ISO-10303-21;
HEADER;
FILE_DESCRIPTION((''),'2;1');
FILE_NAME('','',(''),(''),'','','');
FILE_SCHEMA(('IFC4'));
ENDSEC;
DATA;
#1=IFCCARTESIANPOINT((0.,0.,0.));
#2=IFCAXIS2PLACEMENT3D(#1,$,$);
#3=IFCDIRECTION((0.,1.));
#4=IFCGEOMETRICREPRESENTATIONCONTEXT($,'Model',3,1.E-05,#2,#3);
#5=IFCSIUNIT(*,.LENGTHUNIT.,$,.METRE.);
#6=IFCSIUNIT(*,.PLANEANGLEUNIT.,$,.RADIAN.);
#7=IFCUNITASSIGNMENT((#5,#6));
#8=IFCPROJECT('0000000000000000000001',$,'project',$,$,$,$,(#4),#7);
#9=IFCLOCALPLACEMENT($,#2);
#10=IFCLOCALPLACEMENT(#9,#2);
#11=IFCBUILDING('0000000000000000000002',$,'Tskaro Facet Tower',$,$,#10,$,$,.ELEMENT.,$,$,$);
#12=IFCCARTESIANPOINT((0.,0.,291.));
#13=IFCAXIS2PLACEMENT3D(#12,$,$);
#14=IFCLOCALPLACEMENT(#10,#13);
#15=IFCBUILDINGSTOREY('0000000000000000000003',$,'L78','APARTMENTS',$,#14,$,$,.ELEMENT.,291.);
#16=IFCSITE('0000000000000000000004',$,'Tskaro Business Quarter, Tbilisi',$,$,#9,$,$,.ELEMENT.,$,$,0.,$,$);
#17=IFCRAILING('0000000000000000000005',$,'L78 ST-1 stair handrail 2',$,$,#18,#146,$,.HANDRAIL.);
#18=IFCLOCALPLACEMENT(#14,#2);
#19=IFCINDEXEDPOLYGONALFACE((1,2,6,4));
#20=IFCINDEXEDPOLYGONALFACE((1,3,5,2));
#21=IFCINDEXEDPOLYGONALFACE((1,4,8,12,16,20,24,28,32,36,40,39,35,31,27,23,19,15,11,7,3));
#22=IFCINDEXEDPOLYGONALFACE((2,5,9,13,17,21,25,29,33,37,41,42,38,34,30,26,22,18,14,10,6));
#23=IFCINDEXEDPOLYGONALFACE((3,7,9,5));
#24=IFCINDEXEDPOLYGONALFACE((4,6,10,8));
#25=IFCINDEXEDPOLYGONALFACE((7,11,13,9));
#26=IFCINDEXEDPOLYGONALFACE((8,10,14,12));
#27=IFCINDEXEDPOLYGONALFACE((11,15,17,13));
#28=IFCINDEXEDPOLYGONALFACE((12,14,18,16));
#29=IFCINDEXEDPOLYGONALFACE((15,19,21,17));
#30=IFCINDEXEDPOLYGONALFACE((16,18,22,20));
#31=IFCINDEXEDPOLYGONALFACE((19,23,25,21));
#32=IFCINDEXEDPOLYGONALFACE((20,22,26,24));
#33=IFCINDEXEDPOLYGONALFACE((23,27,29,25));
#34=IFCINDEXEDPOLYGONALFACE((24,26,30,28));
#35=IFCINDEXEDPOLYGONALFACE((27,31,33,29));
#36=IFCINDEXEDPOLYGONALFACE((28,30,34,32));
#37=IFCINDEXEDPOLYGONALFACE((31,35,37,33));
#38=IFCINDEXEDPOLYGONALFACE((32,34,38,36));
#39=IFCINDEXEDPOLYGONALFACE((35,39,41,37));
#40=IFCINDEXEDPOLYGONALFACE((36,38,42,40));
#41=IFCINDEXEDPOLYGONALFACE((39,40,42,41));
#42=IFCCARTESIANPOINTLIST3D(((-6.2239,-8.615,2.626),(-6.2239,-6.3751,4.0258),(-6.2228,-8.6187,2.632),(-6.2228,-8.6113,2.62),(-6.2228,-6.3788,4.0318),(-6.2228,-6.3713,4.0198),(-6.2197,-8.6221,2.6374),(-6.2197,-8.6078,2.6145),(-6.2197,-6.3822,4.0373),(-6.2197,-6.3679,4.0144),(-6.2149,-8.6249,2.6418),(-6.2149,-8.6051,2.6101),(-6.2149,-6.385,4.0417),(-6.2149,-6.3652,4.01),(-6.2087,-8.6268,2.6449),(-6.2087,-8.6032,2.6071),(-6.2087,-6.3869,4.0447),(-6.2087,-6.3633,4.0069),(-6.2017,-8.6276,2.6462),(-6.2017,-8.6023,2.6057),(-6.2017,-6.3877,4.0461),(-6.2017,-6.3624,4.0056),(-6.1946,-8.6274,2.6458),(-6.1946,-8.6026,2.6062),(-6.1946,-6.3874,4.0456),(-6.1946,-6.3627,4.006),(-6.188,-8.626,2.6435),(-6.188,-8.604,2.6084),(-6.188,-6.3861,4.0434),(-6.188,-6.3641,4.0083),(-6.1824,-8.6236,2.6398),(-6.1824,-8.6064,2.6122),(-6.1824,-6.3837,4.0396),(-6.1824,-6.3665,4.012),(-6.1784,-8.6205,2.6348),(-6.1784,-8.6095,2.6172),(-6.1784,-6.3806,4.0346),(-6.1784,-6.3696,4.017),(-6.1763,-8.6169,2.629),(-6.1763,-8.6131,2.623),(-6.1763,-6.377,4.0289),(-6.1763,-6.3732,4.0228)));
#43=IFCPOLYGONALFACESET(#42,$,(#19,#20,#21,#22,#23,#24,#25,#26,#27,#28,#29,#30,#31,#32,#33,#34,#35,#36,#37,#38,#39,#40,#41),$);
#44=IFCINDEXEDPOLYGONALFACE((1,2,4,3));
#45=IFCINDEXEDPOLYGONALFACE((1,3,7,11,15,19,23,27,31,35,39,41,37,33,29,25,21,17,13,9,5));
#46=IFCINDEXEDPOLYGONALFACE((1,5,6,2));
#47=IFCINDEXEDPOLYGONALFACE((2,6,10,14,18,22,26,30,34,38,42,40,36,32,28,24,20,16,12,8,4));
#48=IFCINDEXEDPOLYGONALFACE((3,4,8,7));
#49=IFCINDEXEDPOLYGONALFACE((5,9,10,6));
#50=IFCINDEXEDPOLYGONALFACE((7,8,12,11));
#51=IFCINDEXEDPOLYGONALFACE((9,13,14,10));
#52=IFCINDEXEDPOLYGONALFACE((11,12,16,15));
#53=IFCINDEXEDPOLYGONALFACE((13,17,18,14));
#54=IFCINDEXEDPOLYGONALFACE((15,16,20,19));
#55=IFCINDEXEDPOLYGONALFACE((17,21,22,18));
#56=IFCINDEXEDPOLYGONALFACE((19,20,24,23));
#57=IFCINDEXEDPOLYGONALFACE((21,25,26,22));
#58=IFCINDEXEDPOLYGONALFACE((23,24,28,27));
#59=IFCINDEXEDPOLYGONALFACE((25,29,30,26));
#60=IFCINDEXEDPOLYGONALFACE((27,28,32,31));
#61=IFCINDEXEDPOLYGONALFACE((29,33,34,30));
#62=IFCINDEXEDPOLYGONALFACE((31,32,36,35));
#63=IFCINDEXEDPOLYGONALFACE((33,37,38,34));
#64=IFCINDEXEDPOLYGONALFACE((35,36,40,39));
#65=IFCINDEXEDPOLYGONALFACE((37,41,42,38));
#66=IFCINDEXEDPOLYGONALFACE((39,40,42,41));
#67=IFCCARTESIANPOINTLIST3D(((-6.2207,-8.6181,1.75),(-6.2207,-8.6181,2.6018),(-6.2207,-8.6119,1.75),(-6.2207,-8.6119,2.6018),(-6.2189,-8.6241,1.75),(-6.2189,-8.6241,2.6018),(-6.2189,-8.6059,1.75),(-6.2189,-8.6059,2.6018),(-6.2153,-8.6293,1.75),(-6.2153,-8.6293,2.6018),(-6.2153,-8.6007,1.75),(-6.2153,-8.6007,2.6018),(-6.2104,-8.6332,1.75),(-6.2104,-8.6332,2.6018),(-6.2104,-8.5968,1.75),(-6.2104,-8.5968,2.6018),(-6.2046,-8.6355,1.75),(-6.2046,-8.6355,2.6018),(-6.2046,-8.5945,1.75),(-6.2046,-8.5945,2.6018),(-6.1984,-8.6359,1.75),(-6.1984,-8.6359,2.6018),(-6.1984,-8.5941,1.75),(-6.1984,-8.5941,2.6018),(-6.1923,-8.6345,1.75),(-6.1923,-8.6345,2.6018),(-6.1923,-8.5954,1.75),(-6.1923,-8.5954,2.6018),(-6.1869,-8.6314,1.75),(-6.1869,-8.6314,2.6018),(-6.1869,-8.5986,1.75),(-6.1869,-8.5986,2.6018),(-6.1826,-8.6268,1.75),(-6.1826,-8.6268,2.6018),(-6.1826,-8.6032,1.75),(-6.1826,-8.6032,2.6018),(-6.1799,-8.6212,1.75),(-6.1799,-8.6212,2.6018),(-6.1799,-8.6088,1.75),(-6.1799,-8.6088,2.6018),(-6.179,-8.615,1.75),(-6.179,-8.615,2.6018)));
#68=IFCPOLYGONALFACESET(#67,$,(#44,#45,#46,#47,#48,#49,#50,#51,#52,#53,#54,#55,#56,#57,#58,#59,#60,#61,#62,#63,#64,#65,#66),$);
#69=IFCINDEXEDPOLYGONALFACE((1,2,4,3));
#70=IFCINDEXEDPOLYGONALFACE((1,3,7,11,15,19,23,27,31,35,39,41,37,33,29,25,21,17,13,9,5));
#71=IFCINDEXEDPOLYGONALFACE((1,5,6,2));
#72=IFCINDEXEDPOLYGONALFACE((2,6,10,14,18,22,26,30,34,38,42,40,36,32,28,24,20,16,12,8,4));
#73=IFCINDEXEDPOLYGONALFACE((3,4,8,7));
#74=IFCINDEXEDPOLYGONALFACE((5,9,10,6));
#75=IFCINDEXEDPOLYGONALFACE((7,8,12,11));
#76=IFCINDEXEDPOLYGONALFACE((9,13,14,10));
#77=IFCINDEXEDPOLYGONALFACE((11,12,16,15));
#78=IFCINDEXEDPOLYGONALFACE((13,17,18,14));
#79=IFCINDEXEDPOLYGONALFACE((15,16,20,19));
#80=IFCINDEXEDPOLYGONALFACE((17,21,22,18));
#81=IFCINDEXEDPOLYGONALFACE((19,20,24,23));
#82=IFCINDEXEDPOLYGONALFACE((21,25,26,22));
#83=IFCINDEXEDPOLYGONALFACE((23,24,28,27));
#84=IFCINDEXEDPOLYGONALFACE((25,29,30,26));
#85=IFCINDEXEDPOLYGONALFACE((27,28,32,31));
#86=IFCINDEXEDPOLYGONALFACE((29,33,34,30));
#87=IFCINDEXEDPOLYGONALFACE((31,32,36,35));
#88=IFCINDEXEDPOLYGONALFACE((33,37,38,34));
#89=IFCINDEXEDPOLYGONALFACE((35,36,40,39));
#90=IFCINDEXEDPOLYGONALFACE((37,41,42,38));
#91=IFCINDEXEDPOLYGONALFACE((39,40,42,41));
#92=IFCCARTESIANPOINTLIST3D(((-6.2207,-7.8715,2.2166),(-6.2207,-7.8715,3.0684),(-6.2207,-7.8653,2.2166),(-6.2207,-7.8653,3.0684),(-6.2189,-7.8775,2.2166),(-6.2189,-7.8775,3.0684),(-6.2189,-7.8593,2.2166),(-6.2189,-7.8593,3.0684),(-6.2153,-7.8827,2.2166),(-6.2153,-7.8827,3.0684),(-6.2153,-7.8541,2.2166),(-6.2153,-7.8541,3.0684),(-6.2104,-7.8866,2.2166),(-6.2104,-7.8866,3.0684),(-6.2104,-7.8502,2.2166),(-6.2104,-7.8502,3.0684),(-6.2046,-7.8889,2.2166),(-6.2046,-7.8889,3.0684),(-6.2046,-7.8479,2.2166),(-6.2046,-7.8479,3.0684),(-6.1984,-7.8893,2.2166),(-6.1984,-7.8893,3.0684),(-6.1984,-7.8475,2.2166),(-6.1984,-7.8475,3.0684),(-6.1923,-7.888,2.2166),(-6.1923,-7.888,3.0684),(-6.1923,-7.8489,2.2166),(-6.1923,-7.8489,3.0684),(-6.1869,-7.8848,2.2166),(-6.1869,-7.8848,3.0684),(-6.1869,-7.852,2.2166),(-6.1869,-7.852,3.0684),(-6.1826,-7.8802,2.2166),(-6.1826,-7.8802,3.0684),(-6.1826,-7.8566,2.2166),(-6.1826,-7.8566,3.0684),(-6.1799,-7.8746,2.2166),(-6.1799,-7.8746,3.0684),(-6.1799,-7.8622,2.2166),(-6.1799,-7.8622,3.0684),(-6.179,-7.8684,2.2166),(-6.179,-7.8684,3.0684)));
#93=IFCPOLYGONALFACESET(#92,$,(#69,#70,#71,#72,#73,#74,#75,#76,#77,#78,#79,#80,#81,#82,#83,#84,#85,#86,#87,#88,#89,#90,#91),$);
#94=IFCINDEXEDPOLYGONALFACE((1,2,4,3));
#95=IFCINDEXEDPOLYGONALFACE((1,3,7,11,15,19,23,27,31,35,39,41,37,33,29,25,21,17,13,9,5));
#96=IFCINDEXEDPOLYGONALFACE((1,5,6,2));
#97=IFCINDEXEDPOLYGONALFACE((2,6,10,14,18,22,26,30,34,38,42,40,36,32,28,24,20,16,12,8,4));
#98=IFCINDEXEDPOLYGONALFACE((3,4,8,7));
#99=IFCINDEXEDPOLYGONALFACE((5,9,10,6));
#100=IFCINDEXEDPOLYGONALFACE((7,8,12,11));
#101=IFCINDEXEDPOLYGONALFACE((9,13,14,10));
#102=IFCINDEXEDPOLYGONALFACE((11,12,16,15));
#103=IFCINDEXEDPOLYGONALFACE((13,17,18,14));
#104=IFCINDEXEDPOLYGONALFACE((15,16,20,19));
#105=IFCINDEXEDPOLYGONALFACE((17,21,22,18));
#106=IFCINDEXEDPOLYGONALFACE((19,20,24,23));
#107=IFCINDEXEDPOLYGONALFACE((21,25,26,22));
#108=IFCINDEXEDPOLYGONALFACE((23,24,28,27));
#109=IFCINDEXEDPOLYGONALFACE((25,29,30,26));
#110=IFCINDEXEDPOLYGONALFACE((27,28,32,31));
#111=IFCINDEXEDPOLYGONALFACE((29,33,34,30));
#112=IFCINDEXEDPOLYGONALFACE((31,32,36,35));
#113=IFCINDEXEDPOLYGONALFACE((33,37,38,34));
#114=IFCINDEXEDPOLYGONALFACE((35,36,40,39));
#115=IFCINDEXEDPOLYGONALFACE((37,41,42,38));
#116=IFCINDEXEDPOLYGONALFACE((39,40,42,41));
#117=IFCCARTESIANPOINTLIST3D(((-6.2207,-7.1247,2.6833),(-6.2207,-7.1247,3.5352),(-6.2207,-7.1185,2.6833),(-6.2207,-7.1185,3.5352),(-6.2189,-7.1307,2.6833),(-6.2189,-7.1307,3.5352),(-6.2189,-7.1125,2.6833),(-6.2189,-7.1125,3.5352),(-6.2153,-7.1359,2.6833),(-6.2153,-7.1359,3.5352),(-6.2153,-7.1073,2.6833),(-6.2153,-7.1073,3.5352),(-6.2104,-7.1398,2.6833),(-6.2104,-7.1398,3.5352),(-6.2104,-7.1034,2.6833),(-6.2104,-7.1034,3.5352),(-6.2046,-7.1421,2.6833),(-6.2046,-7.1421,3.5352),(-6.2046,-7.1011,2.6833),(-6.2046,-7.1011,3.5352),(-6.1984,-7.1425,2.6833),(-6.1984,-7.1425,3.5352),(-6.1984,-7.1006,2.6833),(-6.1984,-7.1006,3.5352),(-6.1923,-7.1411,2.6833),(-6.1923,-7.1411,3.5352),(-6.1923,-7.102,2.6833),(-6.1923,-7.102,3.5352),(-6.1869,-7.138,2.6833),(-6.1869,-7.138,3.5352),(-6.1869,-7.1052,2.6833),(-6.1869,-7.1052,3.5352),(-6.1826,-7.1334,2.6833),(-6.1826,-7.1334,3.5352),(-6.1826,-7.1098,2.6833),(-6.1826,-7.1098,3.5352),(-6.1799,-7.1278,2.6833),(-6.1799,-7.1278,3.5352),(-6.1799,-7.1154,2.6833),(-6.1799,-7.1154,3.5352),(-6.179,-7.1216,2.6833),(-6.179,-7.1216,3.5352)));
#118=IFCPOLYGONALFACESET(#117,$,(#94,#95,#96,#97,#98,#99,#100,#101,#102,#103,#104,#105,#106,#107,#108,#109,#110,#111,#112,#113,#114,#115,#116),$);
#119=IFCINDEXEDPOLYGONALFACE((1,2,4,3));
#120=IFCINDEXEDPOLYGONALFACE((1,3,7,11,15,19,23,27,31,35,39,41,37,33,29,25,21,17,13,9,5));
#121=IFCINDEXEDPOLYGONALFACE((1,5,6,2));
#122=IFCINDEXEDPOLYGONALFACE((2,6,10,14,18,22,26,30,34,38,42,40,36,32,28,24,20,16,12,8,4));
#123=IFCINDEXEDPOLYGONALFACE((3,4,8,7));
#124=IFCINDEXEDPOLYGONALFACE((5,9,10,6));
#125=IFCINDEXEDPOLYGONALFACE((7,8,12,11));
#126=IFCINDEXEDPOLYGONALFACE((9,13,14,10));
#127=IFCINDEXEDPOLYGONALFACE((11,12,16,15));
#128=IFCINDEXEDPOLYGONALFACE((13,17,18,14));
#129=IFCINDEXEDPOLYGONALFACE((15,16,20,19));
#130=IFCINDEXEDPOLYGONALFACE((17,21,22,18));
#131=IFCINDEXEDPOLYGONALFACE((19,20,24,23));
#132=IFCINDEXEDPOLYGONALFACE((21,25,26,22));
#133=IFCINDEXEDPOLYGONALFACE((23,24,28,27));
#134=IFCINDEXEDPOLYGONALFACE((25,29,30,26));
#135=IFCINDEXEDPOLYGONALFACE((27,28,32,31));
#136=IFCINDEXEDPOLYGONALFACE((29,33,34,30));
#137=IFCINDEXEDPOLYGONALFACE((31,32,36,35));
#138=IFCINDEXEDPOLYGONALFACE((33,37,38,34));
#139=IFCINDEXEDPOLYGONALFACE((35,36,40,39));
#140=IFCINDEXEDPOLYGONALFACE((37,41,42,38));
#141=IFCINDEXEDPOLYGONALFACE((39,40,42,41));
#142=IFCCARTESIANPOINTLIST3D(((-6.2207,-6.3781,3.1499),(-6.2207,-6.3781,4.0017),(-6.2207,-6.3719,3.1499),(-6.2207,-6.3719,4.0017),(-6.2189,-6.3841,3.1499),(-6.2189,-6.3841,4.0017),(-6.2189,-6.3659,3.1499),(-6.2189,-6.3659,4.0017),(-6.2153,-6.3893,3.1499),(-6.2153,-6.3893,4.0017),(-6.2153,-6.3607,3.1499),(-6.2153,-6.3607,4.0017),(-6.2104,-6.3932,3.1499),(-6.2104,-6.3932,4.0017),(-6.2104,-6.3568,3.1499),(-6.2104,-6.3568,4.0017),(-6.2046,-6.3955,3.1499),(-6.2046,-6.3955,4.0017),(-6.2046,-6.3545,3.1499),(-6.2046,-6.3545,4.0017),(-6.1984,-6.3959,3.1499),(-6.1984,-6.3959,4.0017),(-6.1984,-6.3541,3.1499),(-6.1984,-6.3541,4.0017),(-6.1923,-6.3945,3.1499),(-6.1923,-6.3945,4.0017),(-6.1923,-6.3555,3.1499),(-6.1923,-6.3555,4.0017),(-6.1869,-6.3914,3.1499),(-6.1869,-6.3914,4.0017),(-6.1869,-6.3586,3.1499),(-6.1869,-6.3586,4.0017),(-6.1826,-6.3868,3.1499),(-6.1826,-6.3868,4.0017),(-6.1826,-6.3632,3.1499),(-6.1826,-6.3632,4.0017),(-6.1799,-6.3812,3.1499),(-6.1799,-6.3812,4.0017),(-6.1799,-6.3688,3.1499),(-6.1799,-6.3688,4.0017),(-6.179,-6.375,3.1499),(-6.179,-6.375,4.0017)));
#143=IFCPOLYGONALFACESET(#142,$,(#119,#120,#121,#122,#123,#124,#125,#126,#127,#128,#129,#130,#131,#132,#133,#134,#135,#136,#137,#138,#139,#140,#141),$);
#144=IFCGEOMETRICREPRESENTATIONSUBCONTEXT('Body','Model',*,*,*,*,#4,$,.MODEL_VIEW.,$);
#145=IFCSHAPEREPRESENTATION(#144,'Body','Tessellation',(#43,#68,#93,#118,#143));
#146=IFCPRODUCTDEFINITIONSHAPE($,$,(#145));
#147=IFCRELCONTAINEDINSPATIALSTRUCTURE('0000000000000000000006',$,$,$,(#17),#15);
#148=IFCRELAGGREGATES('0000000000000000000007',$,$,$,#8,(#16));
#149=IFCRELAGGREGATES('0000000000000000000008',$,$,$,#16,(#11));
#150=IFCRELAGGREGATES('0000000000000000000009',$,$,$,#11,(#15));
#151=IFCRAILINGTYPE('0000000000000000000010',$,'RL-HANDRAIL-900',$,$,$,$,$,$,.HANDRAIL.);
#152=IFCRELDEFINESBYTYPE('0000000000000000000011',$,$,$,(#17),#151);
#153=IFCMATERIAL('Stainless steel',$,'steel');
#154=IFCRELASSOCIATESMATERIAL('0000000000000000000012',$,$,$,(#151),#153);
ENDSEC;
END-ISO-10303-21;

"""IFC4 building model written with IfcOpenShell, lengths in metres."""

from ifc_helpers import new_model, si_unit, direction, frame, origin, origin_2d, place, context, subcontext, project, spatial, circle, extrude, material, type_object, element, save


model = new_model("IFC4")

# Units and contexts
model_context = context("Model", 3, precision=1e-05, world=origin(), true_north=direction((0.0, 1.0)))
body_context = subcontext(model_context, "Body", "Model", "MODEL_VIEW")
ifc_project = project(units=[si_unit("LENGTHUNIT", "METRE"), si_unit("PLANEANGLEUNIT", "RADIAN")], contexts=[model_context])

# Site, building, storey
site_placement = place(None, origin())
site = spatial("IfcSite", under=ifc_project, at=site_placement, Name="Tskaro Business Quarter, Tbilisi", CompositionType="ELEMENT", RefElevation=0.0)
building_placement = place(site_placement, origin())
building = spatial("IfcBuilding", under=site, at=building_placement, Name="Tskaro Facet Tower", CompositionType="ELEMENT")
storey_placement = place(building_placement, frame((0.0, 0.0, 291.0)))
storey = spatial("IfcBuildingStorey", under=building, at=storey_placement, Name="L78", Description="APARTMENTS", CompositionType="ELEMENT", Elevation=291.0)

# Shared definitions
ifc_material_1 = material(Name="Stainless steel", Category="steel")

# Railing
railing_type_1 = type_object("IfcRailingType", Name="RL-HANDRAIL-900", PredefinedType="HANDRAIL", material=ifc_material_1)
railing_1_placement = place(storey_placement, frame((-6.2, -8.615, 1.75)))
element("IfcRailing", 1, at=railing_1_placement, inside=storey, type_object=railing_type_1, Name="L78 ST-1 stair handrail 2", PredefinedType="HANDRAIL", context=body_context, shape_type="SweptSolid", body=[
    extrude(circle(Radius=0.0239, at=origin_2d()), frame((0.0, 0.0, 0.876), z_axis=(0.0, 0.848014, 0.529974), x_axis=(-1.0, 0.0, 0.0)), (0.0, 0.0, 1.0), 2.6414),
    extrude(circle(Radius=0.021, at=origin_2d()), origin(), (0.0, 0.0, 1.0), 0.8518),
    extrude(circle(Radius=0.021, at=origin_2d()), frame((0.0, 0.7466, 0.4666)), (0.0, 0.0, 1.0), 0.8518),
    extrude(circle(Radius=0.021, at=origin_2d()), frame((0.0, 1.4934, 0.9333)), (0.0, 0.0, 1.0), 0.8518),
    extrude(circle(Radius=0.021, at=origin_2d()), frame((0.0, 2.24, 1.3999)), (0.0, 0.0, 1.0), 0.8518),
])

save(model, "model.ifc")
